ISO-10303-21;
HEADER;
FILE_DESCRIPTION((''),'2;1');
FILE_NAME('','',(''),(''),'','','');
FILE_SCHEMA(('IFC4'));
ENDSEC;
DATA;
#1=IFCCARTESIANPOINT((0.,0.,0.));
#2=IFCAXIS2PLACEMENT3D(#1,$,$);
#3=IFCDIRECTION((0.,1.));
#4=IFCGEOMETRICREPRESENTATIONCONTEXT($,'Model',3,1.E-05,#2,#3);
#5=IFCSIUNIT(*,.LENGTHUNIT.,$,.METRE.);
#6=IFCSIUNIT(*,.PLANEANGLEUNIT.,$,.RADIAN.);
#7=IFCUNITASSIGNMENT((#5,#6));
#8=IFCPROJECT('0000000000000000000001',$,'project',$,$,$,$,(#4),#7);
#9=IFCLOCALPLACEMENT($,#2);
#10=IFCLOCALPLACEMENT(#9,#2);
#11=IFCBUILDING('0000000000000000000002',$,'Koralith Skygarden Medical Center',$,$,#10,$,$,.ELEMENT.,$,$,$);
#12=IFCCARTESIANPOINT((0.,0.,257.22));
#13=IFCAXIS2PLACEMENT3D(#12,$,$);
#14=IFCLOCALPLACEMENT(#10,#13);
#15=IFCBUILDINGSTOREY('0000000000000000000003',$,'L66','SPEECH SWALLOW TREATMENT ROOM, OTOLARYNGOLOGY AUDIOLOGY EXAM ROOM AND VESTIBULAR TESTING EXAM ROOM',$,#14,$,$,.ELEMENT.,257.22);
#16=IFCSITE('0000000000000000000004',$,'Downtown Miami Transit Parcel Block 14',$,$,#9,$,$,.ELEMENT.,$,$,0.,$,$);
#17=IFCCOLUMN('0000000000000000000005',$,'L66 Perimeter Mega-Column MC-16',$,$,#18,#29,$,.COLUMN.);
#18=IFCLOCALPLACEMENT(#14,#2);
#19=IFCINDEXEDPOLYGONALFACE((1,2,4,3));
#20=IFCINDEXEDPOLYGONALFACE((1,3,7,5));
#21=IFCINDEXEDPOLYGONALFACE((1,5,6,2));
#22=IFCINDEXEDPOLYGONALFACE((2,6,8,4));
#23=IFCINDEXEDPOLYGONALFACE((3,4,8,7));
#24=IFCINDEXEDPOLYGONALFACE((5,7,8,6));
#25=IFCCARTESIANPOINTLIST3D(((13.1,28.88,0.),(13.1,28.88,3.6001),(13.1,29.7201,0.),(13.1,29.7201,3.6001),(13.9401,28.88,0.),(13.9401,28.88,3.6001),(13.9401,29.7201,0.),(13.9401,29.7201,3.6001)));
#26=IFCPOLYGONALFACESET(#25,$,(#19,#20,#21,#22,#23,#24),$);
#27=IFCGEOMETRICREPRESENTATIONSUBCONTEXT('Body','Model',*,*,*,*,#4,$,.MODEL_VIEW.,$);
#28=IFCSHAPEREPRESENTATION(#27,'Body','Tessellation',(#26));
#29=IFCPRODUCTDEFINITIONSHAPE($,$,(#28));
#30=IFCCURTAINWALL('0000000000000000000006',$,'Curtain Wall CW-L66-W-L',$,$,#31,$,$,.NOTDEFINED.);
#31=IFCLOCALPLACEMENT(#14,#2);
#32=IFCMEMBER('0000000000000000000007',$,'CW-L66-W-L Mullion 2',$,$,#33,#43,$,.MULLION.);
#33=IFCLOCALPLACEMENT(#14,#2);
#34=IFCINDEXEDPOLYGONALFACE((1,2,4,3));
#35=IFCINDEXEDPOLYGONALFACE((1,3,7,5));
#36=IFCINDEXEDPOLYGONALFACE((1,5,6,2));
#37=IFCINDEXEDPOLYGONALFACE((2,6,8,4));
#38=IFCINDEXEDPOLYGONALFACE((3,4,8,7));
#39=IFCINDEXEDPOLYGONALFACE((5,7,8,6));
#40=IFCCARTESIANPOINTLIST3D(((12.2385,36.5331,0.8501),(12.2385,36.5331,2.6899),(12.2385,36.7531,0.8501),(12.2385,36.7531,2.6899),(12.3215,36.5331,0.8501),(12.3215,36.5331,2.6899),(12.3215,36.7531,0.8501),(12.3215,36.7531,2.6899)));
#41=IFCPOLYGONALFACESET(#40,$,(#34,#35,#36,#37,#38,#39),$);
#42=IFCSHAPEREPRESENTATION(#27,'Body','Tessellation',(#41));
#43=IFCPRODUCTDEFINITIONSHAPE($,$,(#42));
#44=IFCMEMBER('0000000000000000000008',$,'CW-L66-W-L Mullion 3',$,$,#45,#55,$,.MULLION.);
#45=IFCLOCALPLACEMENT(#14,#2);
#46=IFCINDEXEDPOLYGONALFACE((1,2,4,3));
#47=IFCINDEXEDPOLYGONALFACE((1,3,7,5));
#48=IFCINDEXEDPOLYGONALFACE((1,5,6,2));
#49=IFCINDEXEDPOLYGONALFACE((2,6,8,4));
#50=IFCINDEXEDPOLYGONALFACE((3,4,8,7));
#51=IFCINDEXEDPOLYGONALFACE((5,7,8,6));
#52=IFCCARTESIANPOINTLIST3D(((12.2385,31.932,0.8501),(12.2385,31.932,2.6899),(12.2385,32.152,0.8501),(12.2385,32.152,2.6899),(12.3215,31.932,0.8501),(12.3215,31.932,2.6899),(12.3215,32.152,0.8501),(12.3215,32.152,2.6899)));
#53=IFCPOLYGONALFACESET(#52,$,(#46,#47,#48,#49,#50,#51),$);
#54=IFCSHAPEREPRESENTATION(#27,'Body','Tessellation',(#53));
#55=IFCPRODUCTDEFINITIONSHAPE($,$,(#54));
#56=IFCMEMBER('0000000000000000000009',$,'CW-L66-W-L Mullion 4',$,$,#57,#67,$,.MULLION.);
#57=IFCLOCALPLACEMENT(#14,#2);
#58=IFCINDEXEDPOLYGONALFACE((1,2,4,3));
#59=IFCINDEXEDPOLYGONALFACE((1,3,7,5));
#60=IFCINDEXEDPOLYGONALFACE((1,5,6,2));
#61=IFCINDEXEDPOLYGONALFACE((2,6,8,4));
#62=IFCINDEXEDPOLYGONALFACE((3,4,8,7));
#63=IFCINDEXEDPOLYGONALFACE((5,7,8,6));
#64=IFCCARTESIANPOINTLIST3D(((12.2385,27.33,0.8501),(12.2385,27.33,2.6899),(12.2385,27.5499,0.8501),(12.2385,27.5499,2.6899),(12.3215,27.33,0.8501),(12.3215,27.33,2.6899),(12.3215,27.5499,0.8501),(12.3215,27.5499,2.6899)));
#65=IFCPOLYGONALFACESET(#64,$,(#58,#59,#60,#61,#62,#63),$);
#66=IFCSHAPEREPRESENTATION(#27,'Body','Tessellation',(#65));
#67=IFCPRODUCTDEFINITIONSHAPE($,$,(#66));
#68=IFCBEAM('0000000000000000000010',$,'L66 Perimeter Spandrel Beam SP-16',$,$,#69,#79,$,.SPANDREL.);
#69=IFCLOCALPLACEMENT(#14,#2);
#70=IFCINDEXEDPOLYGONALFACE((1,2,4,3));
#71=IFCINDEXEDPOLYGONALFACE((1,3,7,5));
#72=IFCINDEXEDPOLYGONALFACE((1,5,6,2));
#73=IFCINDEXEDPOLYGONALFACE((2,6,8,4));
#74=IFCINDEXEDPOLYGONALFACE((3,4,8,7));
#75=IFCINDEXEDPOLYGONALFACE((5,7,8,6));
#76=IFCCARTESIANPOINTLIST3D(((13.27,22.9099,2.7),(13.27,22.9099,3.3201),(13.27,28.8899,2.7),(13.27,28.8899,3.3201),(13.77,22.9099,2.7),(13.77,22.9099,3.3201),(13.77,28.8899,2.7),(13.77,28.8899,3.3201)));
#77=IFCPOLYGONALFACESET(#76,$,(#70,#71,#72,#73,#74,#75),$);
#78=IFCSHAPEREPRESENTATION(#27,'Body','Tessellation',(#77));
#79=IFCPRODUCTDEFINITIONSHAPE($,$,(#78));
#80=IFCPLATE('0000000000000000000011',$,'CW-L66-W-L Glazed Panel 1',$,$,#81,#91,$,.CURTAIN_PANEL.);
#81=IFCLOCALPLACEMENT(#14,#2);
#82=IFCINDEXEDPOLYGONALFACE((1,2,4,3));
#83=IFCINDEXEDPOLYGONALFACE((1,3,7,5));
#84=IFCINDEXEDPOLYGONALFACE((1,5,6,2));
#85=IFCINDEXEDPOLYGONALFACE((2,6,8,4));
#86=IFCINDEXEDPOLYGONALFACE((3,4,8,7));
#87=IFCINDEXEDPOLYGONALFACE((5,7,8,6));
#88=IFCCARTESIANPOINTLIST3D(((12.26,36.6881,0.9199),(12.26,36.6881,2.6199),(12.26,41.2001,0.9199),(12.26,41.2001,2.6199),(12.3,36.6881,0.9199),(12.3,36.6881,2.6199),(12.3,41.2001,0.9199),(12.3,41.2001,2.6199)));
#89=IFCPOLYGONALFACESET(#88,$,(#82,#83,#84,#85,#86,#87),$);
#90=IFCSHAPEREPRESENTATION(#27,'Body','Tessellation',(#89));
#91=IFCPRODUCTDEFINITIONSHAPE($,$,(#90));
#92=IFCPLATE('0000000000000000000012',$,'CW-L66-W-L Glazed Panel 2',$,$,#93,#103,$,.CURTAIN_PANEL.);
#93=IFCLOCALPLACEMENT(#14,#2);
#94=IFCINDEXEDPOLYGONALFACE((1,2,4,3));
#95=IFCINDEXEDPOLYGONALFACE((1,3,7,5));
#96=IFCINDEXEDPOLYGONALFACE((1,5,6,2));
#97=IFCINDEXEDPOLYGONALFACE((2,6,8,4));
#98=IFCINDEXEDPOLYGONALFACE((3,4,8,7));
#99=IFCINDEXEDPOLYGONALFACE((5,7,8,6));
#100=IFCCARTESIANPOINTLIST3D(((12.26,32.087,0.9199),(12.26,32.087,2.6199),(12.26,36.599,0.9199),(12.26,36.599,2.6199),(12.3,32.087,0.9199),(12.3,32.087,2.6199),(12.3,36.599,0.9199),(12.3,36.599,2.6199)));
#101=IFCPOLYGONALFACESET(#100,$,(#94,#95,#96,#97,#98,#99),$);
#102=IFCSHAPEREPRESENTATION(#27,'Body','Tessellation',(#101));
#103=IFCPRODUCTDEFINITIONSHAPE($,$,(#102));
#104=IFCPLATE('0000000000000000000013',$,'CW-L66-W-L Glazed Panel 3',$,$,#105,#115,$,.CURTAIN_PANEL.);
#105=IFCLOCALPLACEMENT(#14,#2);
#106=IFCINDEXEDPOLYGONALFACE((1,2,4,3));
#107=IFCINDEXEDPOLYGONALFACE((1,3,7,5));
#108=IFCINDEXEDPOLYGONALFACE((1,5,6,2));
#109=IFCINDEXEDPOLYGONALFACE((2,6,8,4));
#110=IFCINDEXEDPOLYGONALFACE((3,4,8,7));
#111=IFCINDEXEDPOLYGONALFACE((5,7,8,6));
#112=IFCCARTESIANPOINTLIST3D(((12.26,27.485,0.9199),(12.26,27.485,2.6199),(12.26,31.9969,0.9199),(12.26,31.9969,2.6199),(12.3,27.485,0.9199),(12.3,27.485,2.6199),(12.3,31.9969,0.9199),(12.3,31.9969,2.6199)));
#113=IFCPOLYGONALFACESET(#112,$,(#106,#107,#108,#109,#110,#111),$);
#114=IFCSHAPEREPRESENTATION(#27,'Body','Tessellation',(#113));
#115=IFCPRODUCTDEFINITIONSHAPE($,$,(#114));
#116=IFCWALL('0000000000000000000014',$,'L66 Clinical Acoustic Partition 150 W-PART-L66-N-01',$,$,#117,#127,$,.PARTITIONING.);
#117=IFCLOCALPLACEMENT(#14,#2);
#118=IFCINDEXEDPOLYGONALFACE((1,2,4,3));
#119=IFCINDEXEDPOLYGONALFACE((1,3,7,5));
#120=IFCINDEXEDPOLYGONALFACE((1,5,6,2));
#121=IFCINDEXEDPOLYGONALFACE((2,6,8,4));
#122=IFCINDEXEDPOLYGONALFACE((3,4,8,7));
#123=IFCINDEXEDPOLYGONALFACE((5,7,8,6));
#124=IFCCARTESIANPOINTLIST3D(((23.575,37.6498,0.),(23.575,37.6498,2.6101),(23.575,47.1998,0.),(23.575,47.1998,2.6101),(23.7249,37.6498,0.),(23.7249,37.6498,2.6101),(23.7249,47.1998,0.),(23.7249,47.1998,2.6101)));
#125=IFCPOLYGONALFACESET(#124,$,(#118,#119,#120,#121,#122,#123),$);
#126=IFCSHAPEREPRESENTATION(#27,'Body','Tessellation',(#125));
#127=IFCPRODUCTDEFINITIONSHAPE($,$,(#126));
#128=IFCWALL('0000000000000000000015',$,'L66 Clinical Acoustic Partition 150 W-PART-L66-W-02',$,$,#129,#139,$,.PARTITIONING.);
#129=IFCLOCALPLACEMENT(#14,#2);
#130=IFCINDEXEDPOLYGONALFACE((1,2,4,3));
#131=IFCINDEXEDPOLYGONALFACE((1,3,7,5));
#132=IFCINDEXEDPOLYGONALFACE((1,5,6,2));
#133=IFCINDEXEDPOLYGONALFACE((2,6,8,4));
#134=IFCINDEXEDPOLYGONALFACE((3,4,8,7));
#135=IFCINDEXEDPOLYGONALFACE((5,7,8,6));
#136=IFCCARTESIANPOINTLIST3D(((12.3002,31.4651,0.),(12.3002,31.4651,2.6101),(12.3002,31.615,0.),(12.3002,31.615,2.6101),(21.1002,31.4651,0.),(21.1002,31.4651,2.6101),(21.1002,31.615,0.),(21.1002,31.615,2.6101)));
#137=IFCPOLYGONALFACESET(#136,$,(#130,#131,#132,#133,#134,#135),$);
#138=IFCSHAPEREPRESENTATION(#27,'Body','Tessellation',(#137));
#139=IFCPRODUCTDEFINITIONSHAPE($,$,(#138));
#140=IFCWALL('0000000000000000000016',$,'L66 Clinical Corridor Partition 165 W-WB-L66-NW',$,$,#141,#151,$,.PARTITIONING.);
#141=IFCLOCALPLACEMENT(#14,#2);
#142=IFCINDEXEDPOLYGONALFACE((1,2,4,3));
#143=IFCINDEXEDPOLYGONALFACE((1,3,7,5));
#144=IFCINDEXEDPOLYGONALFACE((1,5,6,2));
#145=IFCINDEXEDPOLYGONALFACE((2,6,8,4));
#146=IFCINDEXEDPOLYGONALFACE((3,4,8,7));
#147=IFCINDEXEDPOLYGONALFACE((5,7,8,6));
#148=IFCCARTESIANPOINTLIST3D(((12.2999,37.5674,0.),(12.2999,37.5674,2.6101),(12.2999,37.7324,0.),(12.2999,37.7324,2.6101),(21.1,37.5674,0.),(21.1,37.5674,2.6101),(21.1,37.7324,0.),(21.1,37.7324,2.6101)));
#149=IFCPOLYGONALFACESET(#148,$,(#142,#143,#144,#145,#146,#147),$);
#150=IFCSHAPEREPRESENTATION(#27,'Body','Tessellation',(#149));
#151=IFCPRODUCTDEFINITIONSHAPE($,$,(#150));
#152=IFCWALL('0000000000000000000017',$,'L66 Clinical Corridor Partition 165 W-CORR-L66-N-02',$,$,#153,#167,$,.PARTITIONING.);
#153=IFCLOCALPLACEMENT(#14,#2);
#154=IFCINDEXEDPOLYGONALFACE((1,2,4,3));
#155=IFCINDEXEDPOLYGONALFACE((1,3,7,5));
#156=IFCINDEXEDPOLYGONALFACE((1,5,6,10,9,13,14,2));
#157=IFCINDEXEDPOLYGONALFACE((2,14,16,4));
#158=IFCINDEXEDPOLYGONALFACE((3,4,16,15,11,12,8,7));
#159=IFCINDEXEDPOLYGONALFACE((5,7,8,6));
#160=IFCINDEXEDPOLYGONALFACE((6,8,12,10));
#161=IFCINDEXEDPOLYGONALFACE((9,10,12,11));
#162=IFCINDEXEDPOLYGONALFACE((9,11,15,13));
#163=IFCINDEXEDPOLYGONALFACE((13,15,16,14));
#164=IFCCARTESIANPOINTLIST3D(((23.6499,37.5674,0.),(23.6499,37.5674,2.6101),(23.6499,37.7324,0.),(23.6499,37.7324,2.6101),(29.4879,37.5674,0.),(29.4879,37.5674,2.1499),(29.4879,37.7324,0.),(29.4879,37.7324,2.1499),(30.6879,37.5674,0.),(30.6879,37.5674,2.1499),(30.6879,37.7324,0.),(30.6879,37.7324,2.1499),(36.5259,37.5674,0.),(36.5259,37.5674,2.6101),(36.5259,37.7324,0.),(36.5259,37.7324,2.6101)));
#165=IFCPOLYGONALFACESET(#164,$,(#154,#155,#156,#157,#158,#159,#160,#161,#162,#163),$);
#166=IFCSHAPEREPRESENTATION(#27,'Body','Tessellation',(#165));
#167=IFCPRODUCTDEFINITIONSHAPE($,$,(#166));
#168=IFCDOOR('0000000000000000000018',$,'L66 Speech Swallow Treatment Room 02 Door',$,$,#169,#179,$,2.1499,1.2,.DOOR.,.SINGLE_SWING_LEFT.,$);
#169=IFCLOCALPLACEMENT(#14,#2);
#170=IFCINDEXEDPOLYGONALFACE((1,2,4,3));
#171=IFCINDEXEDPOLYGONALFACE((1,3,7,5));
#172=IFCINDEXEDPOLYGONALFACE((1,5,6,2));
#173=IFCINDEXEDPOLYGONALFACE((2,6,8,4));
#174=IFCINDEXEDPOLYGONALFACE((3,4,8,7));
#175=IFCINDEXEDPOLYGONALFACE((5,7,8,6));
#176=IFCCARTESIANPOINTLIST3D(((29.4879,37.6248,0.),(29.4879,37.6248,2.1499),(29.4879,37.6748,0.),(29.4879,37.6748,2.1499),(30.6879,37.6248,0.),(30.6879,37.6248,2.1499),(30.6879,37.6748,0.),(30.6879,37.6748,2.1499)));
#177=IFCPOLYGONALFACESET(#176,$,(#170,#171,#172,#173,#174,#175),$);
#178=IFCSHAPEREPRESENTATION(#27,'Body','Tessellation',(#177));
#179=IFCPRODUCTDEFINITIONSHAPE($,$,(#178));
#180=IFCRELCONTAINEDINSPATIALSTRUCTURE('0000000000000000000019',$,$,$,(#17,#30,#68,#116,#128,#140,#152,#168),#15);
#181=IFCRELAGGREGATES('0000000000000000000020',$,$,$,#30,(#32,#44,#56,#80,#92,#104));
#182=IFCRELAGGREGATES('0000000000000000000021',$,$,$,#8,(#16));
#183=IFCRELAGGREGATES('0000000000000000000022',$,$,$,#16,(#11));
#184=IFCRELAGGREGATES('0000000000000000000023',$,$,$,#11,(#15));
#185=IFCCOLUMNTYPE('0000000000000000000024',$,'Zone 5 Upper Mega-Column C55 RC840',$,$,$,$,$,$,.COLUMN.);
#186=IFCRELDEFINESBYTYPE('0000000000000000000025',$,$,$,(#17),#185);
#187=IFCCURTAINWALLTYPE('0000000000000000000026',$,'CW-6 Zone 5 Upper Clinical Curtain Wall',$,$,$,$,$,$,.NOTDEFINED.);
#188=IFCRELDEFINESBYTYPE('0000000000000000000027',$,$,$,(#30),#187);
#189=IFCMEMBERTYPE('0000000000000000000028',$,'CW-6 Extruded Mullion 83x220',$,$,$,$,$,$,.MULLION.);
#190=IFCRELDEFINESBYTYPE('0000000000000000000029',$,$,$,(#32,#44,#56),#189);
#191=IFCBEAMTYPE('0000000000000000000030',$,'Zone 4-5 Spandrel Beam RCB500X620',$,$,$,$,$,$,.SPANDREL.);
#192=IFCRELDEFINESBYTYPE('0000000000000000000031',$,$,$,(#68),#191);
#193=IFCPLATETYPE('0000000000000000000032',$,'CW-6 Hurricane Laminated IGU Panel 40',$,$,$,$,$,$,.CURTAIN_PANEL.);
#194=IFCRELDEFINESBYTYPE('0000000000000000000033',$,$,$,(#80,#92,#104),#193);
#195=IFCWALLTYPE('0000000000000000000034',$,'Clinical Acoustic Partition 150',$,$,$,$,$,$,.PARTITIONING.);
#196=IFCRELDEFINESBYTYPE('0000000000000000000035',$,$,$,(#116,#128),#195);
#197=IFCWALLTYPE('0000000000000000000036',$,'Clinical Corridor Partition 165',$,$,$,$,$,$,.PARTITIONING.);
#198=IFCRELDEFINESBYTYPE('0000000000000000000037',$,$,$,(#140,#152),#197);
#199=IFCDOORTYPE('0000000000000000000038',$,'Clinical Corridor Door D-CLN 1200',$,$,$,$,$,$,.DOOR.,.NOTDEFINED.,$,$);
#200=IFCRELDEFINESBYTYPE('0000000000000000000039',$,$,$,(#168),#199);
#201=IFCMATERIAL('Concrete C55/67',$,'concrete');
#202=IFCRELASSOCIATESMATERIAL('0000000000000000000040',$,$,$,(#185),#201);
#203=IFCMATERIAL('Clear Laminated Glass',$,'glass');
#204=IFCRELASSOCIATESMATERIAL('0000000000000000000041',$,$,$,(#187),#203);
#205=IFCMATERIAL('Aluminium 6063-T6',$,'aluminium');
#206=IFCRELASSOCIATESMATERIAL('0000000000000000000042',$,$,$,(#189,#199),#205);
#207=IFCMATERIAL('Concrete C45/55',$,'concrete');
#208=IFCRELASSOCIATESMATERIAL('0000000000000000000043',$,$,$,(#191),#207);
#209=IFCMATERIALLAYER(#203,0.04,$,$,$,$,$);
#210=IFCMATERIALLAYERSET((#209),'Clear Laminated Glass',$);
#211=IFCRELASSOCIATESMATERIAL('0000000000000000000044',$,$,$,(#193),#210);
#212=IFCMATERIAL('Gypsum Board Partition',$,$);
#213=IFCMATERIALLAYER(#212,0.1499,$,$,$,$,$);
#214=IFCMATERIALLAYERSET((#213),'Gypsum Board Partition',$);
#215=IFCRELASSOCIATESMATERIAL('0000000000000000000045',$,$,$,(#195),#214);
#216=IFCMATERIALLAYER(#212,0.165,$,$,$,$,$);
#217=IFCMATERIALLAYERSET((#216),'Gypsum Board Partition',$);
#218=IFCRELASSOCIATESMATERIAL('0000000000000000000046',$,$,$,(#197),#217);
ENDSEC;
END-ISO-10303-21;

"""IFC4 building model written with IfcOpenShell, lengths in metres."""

from ifc_helpers import new_model, si_unit, direction, frame, frame_2d, origin, origin_2d, place, context, subcontext, project, spatial, rectangle, extrude, material, layer, layer_set, material_profile, profile_set, type_object, element, fill, aggregate, save


model = new_model("IFC4")

# Units and contexts
model_context = context("Model", 3, precision=1e-05, world=origin(), true_north=direction((0.0, 1.0)))
body_context = subcontext(model_context, "Body", "Model", "MODEL_VIEW")
ifc_project = project(units=[si_unit("LENGTHUNIT", "METRE"), si_unit("PLANEANGLEUNIT", "RADIAN")], contexts=[model_context])

# Site, building, storey
site_placement = place(None, origin())
site = spatial("IfcSite", under=ifc_project, at=site_placement, Name="Downtown Miami Transit Parcel Block 14", CompositionType="ELEMENT", RefElevation=0.0)
building_placement = place(site_placement, origin())
building = spatial("IfcBuilding", under=site, at=building_placement, Name="Koralith Skygarden Medical Center", CompositionType="ELEMENT")
storey_placement = place(building_placement, frame((0.0, 0.0, 257.22)))
storey = spatial("IfcBuildingStorey", under=building, at=storey_placement, Name="L66", Description="SPEECH SWALLOW TREATMENT ROOM, OTOLARYNGOLOGY AUDIOLOGY EXAM ROOM AND VESTIBULAR TESTING EXAM ROOM", CompositionType="ELEMENT", Elevation=257.22)

# Column
ifc_material_1 = material(Name="Concrete C55/67", Category="concrete")
ifc_material_profile_1 = material_profile(ifc_material_1, rectangle(XDim=0.8401, YDim=0.8401, at=origin_2d()), Name="RC840X840")
ifc_profile_set_1 = profile_set([ifc_material_profile_1], Name="Concrete C55/67")
column_type = type_object("IfcColumnType", Name="Zone 5 Upper Mega-Column C55 RC840", PredefinedType="COLUMN", material=ifc_profile_set_1)
column_placement = place(storey_placement, frame((13.52, 29.3, 0.0), z_axis=(0.0, 0.0, 1.0), x_axis=(1.0, 0.0, 0.0)))
element("IfcColumn", 1, at=column_placement, inside=storey, type_object=column_type, Name="L66 Perimeter Mega-Column MC-16", PredefinedType="COLUMN", context=body_context, shape_type="SweptSolid", body=[
    extrude(rectangle(XDim=0.8401, YDim=0.8401, at=origin_2d()), origin(), (0.0, 0.0, 1.0), 3.6001),
])

# Curtain wall, members
ifc_material_2 = material(Name="Clear Laminated Glass", Category="glass")
curtain_wall_type = type_object("IfcCurtainWallType", Name="CW-6 Zone 5 Upper Clinical Curtain Wall", PredefinedType="NOTDEFINED", material=ifc_material_2)
curtain_wall_placement = place(storey_placement, origin())
curtain_wall = element("IfcCurtainWall", 2, at=curtain_wall_placement, inside=storey, type_object=curtain_wall_type, Name="Curtain Wall CW-L66-W-L", PredefinedType="NOTDEFINED")
ifc_material_3 = material(Name="Aluminium 6063-T6", Category="aluminium")
ifc_material_profile_2 = material_profile(ifc_material_3, rectangle(XDim=0.083, YDim=0.22, at=origin_2d()), Name="MUL83X220")
ifc_profile_set_2 = profile_set([ifc_material_profile_2], Name="Aluminium 6063-T6")
member_type = type_object("IfcMemberType", Name="CW-6 Extruded Mullion 83x220", PredefinedType="MULLION", material=ifc_profile_set_2)
member_1_placement = place(storey_placement, frame((12.28, 36.6431, 0.8501), z_axis=(0.0, 0.0, 1.0), x_axis=(1.0, 0.0, 0.0)))
member_1 = element("IfcMember", 3, at=member_1_placement, type_object=member_type, Name="CW-L66-W-L Mullion 2", PredefinedType="MULLION", context=body_context, shape_type="SweptSolid", body=[
    extrude(rectangle(XDim=0.083, YDim=0.22, at=origin_2d()), origin(), (0.0, 0.0, 1.0), 1.8398),
])
member_2_placement = place(storey_placement, frame((12.28, 32.042, 0.8501), z_axis=(0.0, 0.0, 1.0), x_axis=(1.0, 0.0, 0.0)))
member_2 = element("IfcMember", 4, at=member_2_placement, type_object=member_type, Name="CW-L66-W-L Mullion 3", PredefinedType="MULLION", context=body_context, shape_type="SweptSolid", body=[
    extrude(rectangle(XDim=0.083, YDim=0.22, at=origin_2d()), origin(), (0.0, 0.0, 1.0), 1.8398),
])
member_3_placement = place(storey_placement, frame((12.28, 27.4399, 0.8501), z_axis=(0.0, 0.0, 1.0), x_axis=(1.0, 0.0, 0.0)))
member_3 = element("IfcMember", 5, at=member_3_placement, type_object=member_type, Name="CW-L66-W-L Mullion 4", PredefinedType="MULLION", context=body_context, shape_type="SweptSolid", body=[
    extrude(rectangle(XDim=0.083, YDim=0.22, at=origin_2d()), origin(), (0.0, 0.0, 1.0), 1.8398),
])

# Beam
ifc_material_4 = material(Name="Concrete C45/55", Category="concrete")
ifc_material_profile_3 = material_profile(ifc_material_4, rectangle(XDim=0.5, YDim=0.6201, at=origin_2d()), Name="RCB500X620")
ifc_profile_set_3 = profile_set([ifc_material_profile_3], Name="Concrete C45/55")
beam_type = type_object("IfcBeamType", Name="Zone 4-5 Spandrel Beam RCB500X620", PredefinedType="SPANDREL", material=ifc_profile_set_3)
beam_placement = place(storey_placement, frame((13.52, 28.8899, 3.01), z_axis=(0.0, -1.0, 0.0), x_axis=(1.0, 0.0, 0.0)))
element("IfcBeam", 6, at=beam_placement, inside=storey, type_object=beam_type, Name="L66 Perimeter Spandrel Beam SP-16", PredefinedType="SPANDREL", context=body_context, shape_type="SweptSolid", body=[
    extrude(rectangle(XDim=0.5, YDim=0.6201, at=origin_2d()), origin(), (0.0, 0.0, 1.0), 5.98),
])

# Plates
ifc_layer_1 = layer(ifc_material_2, 0.04)
ifc_layer_set_1 = layer_set([ifc_layer_1], Name="Clear Laminated Glass")
plate_type = type_object("IfcPlateType", Name="CW-6 Hurricane Laminated IGU Panel 40", PredefinedType="CURTAIN_PANEL", material=ifc_layer_set_1)
plate_1_placement = place(storey_placement, frame((12.28, 38.9441, 0.9199), z_axis=(0.0, 0.0, 1.0), x_axis=(0.0, -1.0, 0.0)))
plate_1 = element("IfcPlate", 7, at=plate_1_placement, type_object=plate_type, Name="CW-L66-W-L Glazed Panel 1", PredefinedType="CURTAIN_PANEL", context=body_context, shape_type="SweptSolid", body=[
    extrude(rectangle(XDim=4.512, YDim=0.04, at=origin_2d()), origin(), (0.0, 0.0, 1.0), 1.7),
])
plate_2_placement = place(storey_placement, frame((12.28, 34.343, 0.9199), z_axis=(0.0, 0.0, 1.0), x_axis=(0.0, -1.0, 0.0)))
plate_2 = element("IfcPlate", 8, at=plate_2_placement, type_object=plate_type, Name="CW-L66-W-L Glazed Panel 2", PredefinedType="CURTAIN_PANEL", context=body_context, shape_type="SweptSolid", body=[
    extrude(rectangle(XDim=4.512, YDim=0.04, at=origin_2d()), origin(), (0.0, 0.0, 1.0), 1.7),
])
plate_3_placement = place(storey_placement, frame((12.28, 29.741, 0.9199), z_axis=(0.0, 0.0, 1.0), x_axis=(0.0, -1.0, 0.0)))
plate_3 = element("IfcPlate", 9, at=plate_3_placement, type_object=plate_type, Name="CW-L66-W-L Glazed Panel 3", PredefinedType="CURTAIN_PANEL", context=body_context, shape_type="SweptSolid", body=[
    extrude(rectangle(XDim=4.512, YDim=0.04, at=origin_2d()), origin(), (0.0, 0.0, 1.0), 1.7),
])
aggregate(curtain_wall, [member_1, member_2, member_3, plate_1, plate_2, plate_3])

# Walls
ifc_material_5 = material(Name="Gypsum Board Partition")
ifc_layer_2 = layer(ifc_material_5, 0.1499)
ifc_layer_set_2 = layer_set([ifc_layer_2], Name="Gypsum Board Partition")
wall_type_1 = type_object("IfcWallType", Name="Clinical Acoustic Partition 150", PredefinedType="PARTITIONING", material=ifc_layer_set_2)
wall_1_placement = place(storey_placement, frame((23.6499, 37.6499, 0.0), z_axis=(0.0, 0.0, 1.0), x_axis=(0.0, 1.0, 0.0)))
element("IfcWall", 10, at=wall_1_placement, inside=storey, type_object=wall_type_1, Name="L66 Clinical Acoustic Partition 150 W-PART-L66-N-01", PredefinedType="PARTITIONING", context=body_context, shape_type="SweptSolid", body=[
    extrude(rectangle(XDim=9.55, YDim=0.1499, at=frame_2d((4.7749, 0.0))), origin(), (0.0, 0.0, 1.0), 2.6101),
])
wall_2_placement = place(storey_placement, frame((21.1001, 31.54, 0.0), z_axis=(0.0, 0.0, 1.0), x_axis=(-1.0, 0.0, 0.0)))
element("IfcWall", 11, at=wall_2_placement, inside=storey, type_object=wall_type_1, Name="L66 Clinical Acoustic Partition 150 W-PART-L66-W-02", PredefinedType="PARTITIONING", context=body_context, shape_type="SweptSolid", body=[
    extrude(rectangle(XDim=8.8, YDim=0.1499, at=frame_2d((4.3999, 0.0))), origin(), (0.0, 0.0, 1.0), 2.6101),
])
ifc_layer_3 = layer(ifc_material_5, 0.165)
ifc_layer_set_3 = layer_set([ifc_layer_3], Name="Gypsum Board Partition")
wall_type_2 = type_object("IfcWallType", Name="Clinical Corridor Partition 165", PredefinedType="PARTITIONING", material=ifc_layer_set_3)
wall_3_placement = place(storey_placement, frame((12.3, 37.6499, 0.0), z_axis=(0.0, 0.0, 1.0), x_axis=(1.0, 0.0, 0.0)))
element("IfcWall", 12, at=wall_3_placement, inside=storey, type_object=wall_type_2, Name="L66 Clinical Corridor Partition 165 W-WB-L66-NW", PredefinedType="PARTITIONING", context=body_context, shape_type="SweptSolid", body=[
    extrude(rectangle(XDim=8.8, YDim=0.165, at=frame_2d((4.3999, 0.0))), origin(), (0.0, 0.0, 1.0), 2.6101),
])

# Wall, opening, door
wall_4_placement = place(storey_placement, frame((23.6499, 37.6499, 0.0), z_axis=(0.0, 0.0, 1.0), x_axis=(1.0, 0.0, 0.0)))
wall_4 = element("IfcWall", 13, at=wall_4_placement, inside=storey, type_object=wall_type_2, Name="L66 Clinical Corridor Partition 165 W-CORR-L66-N-02", PredefinedType="PARTITIONING", context=body_context, shape_type="SweptSolid", body=[
    extrude(rectangle(XDim=12.876, YDim=0.165, at=frame_2d((6.438, 0.0))), origin(), (0.0, 0.0, 1.0), 2.6101),
])
opening_1_placement = place(wall_4_placement, frame((5.8379, 0.0, 0.0)))
opening_1 = element("IfcOpeningElement", 14, at=opening_1_placement, cuts=wall_4, PredefinedType="OPENING", context=body_context, shape_type="SweptSolid", body=[
    extrude(rectangle(XDim=1.2, YDim=2.1499, at=frame_2d((0.6001, 1.075))), frame((0.0, 0.0925, 0.0), z_axis=(0.0, -1.0, 0.0), x_axis=(1.0, 0.0, 0.0)), (0.0, 0.0, 1.0), 0.1851),
])
door_type_1 = type_object("IfcDoorType", Name="Clinical Corridor Door D-CLN 1200", OperationType="NOTDEFINED", PredefinedType="DOOR", material=ifc_material_3)
door_1_placement = place(opening_1_placement, origin())
door_1 = element("IfcDoor", 15, at=door_1_placement, inside=storey, type_object=door_type_1, Name="L66 Speech Swallow Treatment Room 02 Door", OperationType="SINGLE_SWING_LEFT", OverallHeight=2.1499, OverallWidth=1.2, PredefinedType="DOOR", context=body_context, shape_type="SweptSolid", body=[
    extrude(rectangle(XDim=1.2, YDim=2.1499, at=frame_2d((0.6001, 1.075))), frame((0.0, 0.0249, 0.0), z_axis=(0.0, -1.0, 0.0), x_axis=(1.0, 0.0, 0.0)), (0.0, 0.0, 1.0), 0.05),
])
fill(opening_1, door_1)

save(model, "model.ifc")
